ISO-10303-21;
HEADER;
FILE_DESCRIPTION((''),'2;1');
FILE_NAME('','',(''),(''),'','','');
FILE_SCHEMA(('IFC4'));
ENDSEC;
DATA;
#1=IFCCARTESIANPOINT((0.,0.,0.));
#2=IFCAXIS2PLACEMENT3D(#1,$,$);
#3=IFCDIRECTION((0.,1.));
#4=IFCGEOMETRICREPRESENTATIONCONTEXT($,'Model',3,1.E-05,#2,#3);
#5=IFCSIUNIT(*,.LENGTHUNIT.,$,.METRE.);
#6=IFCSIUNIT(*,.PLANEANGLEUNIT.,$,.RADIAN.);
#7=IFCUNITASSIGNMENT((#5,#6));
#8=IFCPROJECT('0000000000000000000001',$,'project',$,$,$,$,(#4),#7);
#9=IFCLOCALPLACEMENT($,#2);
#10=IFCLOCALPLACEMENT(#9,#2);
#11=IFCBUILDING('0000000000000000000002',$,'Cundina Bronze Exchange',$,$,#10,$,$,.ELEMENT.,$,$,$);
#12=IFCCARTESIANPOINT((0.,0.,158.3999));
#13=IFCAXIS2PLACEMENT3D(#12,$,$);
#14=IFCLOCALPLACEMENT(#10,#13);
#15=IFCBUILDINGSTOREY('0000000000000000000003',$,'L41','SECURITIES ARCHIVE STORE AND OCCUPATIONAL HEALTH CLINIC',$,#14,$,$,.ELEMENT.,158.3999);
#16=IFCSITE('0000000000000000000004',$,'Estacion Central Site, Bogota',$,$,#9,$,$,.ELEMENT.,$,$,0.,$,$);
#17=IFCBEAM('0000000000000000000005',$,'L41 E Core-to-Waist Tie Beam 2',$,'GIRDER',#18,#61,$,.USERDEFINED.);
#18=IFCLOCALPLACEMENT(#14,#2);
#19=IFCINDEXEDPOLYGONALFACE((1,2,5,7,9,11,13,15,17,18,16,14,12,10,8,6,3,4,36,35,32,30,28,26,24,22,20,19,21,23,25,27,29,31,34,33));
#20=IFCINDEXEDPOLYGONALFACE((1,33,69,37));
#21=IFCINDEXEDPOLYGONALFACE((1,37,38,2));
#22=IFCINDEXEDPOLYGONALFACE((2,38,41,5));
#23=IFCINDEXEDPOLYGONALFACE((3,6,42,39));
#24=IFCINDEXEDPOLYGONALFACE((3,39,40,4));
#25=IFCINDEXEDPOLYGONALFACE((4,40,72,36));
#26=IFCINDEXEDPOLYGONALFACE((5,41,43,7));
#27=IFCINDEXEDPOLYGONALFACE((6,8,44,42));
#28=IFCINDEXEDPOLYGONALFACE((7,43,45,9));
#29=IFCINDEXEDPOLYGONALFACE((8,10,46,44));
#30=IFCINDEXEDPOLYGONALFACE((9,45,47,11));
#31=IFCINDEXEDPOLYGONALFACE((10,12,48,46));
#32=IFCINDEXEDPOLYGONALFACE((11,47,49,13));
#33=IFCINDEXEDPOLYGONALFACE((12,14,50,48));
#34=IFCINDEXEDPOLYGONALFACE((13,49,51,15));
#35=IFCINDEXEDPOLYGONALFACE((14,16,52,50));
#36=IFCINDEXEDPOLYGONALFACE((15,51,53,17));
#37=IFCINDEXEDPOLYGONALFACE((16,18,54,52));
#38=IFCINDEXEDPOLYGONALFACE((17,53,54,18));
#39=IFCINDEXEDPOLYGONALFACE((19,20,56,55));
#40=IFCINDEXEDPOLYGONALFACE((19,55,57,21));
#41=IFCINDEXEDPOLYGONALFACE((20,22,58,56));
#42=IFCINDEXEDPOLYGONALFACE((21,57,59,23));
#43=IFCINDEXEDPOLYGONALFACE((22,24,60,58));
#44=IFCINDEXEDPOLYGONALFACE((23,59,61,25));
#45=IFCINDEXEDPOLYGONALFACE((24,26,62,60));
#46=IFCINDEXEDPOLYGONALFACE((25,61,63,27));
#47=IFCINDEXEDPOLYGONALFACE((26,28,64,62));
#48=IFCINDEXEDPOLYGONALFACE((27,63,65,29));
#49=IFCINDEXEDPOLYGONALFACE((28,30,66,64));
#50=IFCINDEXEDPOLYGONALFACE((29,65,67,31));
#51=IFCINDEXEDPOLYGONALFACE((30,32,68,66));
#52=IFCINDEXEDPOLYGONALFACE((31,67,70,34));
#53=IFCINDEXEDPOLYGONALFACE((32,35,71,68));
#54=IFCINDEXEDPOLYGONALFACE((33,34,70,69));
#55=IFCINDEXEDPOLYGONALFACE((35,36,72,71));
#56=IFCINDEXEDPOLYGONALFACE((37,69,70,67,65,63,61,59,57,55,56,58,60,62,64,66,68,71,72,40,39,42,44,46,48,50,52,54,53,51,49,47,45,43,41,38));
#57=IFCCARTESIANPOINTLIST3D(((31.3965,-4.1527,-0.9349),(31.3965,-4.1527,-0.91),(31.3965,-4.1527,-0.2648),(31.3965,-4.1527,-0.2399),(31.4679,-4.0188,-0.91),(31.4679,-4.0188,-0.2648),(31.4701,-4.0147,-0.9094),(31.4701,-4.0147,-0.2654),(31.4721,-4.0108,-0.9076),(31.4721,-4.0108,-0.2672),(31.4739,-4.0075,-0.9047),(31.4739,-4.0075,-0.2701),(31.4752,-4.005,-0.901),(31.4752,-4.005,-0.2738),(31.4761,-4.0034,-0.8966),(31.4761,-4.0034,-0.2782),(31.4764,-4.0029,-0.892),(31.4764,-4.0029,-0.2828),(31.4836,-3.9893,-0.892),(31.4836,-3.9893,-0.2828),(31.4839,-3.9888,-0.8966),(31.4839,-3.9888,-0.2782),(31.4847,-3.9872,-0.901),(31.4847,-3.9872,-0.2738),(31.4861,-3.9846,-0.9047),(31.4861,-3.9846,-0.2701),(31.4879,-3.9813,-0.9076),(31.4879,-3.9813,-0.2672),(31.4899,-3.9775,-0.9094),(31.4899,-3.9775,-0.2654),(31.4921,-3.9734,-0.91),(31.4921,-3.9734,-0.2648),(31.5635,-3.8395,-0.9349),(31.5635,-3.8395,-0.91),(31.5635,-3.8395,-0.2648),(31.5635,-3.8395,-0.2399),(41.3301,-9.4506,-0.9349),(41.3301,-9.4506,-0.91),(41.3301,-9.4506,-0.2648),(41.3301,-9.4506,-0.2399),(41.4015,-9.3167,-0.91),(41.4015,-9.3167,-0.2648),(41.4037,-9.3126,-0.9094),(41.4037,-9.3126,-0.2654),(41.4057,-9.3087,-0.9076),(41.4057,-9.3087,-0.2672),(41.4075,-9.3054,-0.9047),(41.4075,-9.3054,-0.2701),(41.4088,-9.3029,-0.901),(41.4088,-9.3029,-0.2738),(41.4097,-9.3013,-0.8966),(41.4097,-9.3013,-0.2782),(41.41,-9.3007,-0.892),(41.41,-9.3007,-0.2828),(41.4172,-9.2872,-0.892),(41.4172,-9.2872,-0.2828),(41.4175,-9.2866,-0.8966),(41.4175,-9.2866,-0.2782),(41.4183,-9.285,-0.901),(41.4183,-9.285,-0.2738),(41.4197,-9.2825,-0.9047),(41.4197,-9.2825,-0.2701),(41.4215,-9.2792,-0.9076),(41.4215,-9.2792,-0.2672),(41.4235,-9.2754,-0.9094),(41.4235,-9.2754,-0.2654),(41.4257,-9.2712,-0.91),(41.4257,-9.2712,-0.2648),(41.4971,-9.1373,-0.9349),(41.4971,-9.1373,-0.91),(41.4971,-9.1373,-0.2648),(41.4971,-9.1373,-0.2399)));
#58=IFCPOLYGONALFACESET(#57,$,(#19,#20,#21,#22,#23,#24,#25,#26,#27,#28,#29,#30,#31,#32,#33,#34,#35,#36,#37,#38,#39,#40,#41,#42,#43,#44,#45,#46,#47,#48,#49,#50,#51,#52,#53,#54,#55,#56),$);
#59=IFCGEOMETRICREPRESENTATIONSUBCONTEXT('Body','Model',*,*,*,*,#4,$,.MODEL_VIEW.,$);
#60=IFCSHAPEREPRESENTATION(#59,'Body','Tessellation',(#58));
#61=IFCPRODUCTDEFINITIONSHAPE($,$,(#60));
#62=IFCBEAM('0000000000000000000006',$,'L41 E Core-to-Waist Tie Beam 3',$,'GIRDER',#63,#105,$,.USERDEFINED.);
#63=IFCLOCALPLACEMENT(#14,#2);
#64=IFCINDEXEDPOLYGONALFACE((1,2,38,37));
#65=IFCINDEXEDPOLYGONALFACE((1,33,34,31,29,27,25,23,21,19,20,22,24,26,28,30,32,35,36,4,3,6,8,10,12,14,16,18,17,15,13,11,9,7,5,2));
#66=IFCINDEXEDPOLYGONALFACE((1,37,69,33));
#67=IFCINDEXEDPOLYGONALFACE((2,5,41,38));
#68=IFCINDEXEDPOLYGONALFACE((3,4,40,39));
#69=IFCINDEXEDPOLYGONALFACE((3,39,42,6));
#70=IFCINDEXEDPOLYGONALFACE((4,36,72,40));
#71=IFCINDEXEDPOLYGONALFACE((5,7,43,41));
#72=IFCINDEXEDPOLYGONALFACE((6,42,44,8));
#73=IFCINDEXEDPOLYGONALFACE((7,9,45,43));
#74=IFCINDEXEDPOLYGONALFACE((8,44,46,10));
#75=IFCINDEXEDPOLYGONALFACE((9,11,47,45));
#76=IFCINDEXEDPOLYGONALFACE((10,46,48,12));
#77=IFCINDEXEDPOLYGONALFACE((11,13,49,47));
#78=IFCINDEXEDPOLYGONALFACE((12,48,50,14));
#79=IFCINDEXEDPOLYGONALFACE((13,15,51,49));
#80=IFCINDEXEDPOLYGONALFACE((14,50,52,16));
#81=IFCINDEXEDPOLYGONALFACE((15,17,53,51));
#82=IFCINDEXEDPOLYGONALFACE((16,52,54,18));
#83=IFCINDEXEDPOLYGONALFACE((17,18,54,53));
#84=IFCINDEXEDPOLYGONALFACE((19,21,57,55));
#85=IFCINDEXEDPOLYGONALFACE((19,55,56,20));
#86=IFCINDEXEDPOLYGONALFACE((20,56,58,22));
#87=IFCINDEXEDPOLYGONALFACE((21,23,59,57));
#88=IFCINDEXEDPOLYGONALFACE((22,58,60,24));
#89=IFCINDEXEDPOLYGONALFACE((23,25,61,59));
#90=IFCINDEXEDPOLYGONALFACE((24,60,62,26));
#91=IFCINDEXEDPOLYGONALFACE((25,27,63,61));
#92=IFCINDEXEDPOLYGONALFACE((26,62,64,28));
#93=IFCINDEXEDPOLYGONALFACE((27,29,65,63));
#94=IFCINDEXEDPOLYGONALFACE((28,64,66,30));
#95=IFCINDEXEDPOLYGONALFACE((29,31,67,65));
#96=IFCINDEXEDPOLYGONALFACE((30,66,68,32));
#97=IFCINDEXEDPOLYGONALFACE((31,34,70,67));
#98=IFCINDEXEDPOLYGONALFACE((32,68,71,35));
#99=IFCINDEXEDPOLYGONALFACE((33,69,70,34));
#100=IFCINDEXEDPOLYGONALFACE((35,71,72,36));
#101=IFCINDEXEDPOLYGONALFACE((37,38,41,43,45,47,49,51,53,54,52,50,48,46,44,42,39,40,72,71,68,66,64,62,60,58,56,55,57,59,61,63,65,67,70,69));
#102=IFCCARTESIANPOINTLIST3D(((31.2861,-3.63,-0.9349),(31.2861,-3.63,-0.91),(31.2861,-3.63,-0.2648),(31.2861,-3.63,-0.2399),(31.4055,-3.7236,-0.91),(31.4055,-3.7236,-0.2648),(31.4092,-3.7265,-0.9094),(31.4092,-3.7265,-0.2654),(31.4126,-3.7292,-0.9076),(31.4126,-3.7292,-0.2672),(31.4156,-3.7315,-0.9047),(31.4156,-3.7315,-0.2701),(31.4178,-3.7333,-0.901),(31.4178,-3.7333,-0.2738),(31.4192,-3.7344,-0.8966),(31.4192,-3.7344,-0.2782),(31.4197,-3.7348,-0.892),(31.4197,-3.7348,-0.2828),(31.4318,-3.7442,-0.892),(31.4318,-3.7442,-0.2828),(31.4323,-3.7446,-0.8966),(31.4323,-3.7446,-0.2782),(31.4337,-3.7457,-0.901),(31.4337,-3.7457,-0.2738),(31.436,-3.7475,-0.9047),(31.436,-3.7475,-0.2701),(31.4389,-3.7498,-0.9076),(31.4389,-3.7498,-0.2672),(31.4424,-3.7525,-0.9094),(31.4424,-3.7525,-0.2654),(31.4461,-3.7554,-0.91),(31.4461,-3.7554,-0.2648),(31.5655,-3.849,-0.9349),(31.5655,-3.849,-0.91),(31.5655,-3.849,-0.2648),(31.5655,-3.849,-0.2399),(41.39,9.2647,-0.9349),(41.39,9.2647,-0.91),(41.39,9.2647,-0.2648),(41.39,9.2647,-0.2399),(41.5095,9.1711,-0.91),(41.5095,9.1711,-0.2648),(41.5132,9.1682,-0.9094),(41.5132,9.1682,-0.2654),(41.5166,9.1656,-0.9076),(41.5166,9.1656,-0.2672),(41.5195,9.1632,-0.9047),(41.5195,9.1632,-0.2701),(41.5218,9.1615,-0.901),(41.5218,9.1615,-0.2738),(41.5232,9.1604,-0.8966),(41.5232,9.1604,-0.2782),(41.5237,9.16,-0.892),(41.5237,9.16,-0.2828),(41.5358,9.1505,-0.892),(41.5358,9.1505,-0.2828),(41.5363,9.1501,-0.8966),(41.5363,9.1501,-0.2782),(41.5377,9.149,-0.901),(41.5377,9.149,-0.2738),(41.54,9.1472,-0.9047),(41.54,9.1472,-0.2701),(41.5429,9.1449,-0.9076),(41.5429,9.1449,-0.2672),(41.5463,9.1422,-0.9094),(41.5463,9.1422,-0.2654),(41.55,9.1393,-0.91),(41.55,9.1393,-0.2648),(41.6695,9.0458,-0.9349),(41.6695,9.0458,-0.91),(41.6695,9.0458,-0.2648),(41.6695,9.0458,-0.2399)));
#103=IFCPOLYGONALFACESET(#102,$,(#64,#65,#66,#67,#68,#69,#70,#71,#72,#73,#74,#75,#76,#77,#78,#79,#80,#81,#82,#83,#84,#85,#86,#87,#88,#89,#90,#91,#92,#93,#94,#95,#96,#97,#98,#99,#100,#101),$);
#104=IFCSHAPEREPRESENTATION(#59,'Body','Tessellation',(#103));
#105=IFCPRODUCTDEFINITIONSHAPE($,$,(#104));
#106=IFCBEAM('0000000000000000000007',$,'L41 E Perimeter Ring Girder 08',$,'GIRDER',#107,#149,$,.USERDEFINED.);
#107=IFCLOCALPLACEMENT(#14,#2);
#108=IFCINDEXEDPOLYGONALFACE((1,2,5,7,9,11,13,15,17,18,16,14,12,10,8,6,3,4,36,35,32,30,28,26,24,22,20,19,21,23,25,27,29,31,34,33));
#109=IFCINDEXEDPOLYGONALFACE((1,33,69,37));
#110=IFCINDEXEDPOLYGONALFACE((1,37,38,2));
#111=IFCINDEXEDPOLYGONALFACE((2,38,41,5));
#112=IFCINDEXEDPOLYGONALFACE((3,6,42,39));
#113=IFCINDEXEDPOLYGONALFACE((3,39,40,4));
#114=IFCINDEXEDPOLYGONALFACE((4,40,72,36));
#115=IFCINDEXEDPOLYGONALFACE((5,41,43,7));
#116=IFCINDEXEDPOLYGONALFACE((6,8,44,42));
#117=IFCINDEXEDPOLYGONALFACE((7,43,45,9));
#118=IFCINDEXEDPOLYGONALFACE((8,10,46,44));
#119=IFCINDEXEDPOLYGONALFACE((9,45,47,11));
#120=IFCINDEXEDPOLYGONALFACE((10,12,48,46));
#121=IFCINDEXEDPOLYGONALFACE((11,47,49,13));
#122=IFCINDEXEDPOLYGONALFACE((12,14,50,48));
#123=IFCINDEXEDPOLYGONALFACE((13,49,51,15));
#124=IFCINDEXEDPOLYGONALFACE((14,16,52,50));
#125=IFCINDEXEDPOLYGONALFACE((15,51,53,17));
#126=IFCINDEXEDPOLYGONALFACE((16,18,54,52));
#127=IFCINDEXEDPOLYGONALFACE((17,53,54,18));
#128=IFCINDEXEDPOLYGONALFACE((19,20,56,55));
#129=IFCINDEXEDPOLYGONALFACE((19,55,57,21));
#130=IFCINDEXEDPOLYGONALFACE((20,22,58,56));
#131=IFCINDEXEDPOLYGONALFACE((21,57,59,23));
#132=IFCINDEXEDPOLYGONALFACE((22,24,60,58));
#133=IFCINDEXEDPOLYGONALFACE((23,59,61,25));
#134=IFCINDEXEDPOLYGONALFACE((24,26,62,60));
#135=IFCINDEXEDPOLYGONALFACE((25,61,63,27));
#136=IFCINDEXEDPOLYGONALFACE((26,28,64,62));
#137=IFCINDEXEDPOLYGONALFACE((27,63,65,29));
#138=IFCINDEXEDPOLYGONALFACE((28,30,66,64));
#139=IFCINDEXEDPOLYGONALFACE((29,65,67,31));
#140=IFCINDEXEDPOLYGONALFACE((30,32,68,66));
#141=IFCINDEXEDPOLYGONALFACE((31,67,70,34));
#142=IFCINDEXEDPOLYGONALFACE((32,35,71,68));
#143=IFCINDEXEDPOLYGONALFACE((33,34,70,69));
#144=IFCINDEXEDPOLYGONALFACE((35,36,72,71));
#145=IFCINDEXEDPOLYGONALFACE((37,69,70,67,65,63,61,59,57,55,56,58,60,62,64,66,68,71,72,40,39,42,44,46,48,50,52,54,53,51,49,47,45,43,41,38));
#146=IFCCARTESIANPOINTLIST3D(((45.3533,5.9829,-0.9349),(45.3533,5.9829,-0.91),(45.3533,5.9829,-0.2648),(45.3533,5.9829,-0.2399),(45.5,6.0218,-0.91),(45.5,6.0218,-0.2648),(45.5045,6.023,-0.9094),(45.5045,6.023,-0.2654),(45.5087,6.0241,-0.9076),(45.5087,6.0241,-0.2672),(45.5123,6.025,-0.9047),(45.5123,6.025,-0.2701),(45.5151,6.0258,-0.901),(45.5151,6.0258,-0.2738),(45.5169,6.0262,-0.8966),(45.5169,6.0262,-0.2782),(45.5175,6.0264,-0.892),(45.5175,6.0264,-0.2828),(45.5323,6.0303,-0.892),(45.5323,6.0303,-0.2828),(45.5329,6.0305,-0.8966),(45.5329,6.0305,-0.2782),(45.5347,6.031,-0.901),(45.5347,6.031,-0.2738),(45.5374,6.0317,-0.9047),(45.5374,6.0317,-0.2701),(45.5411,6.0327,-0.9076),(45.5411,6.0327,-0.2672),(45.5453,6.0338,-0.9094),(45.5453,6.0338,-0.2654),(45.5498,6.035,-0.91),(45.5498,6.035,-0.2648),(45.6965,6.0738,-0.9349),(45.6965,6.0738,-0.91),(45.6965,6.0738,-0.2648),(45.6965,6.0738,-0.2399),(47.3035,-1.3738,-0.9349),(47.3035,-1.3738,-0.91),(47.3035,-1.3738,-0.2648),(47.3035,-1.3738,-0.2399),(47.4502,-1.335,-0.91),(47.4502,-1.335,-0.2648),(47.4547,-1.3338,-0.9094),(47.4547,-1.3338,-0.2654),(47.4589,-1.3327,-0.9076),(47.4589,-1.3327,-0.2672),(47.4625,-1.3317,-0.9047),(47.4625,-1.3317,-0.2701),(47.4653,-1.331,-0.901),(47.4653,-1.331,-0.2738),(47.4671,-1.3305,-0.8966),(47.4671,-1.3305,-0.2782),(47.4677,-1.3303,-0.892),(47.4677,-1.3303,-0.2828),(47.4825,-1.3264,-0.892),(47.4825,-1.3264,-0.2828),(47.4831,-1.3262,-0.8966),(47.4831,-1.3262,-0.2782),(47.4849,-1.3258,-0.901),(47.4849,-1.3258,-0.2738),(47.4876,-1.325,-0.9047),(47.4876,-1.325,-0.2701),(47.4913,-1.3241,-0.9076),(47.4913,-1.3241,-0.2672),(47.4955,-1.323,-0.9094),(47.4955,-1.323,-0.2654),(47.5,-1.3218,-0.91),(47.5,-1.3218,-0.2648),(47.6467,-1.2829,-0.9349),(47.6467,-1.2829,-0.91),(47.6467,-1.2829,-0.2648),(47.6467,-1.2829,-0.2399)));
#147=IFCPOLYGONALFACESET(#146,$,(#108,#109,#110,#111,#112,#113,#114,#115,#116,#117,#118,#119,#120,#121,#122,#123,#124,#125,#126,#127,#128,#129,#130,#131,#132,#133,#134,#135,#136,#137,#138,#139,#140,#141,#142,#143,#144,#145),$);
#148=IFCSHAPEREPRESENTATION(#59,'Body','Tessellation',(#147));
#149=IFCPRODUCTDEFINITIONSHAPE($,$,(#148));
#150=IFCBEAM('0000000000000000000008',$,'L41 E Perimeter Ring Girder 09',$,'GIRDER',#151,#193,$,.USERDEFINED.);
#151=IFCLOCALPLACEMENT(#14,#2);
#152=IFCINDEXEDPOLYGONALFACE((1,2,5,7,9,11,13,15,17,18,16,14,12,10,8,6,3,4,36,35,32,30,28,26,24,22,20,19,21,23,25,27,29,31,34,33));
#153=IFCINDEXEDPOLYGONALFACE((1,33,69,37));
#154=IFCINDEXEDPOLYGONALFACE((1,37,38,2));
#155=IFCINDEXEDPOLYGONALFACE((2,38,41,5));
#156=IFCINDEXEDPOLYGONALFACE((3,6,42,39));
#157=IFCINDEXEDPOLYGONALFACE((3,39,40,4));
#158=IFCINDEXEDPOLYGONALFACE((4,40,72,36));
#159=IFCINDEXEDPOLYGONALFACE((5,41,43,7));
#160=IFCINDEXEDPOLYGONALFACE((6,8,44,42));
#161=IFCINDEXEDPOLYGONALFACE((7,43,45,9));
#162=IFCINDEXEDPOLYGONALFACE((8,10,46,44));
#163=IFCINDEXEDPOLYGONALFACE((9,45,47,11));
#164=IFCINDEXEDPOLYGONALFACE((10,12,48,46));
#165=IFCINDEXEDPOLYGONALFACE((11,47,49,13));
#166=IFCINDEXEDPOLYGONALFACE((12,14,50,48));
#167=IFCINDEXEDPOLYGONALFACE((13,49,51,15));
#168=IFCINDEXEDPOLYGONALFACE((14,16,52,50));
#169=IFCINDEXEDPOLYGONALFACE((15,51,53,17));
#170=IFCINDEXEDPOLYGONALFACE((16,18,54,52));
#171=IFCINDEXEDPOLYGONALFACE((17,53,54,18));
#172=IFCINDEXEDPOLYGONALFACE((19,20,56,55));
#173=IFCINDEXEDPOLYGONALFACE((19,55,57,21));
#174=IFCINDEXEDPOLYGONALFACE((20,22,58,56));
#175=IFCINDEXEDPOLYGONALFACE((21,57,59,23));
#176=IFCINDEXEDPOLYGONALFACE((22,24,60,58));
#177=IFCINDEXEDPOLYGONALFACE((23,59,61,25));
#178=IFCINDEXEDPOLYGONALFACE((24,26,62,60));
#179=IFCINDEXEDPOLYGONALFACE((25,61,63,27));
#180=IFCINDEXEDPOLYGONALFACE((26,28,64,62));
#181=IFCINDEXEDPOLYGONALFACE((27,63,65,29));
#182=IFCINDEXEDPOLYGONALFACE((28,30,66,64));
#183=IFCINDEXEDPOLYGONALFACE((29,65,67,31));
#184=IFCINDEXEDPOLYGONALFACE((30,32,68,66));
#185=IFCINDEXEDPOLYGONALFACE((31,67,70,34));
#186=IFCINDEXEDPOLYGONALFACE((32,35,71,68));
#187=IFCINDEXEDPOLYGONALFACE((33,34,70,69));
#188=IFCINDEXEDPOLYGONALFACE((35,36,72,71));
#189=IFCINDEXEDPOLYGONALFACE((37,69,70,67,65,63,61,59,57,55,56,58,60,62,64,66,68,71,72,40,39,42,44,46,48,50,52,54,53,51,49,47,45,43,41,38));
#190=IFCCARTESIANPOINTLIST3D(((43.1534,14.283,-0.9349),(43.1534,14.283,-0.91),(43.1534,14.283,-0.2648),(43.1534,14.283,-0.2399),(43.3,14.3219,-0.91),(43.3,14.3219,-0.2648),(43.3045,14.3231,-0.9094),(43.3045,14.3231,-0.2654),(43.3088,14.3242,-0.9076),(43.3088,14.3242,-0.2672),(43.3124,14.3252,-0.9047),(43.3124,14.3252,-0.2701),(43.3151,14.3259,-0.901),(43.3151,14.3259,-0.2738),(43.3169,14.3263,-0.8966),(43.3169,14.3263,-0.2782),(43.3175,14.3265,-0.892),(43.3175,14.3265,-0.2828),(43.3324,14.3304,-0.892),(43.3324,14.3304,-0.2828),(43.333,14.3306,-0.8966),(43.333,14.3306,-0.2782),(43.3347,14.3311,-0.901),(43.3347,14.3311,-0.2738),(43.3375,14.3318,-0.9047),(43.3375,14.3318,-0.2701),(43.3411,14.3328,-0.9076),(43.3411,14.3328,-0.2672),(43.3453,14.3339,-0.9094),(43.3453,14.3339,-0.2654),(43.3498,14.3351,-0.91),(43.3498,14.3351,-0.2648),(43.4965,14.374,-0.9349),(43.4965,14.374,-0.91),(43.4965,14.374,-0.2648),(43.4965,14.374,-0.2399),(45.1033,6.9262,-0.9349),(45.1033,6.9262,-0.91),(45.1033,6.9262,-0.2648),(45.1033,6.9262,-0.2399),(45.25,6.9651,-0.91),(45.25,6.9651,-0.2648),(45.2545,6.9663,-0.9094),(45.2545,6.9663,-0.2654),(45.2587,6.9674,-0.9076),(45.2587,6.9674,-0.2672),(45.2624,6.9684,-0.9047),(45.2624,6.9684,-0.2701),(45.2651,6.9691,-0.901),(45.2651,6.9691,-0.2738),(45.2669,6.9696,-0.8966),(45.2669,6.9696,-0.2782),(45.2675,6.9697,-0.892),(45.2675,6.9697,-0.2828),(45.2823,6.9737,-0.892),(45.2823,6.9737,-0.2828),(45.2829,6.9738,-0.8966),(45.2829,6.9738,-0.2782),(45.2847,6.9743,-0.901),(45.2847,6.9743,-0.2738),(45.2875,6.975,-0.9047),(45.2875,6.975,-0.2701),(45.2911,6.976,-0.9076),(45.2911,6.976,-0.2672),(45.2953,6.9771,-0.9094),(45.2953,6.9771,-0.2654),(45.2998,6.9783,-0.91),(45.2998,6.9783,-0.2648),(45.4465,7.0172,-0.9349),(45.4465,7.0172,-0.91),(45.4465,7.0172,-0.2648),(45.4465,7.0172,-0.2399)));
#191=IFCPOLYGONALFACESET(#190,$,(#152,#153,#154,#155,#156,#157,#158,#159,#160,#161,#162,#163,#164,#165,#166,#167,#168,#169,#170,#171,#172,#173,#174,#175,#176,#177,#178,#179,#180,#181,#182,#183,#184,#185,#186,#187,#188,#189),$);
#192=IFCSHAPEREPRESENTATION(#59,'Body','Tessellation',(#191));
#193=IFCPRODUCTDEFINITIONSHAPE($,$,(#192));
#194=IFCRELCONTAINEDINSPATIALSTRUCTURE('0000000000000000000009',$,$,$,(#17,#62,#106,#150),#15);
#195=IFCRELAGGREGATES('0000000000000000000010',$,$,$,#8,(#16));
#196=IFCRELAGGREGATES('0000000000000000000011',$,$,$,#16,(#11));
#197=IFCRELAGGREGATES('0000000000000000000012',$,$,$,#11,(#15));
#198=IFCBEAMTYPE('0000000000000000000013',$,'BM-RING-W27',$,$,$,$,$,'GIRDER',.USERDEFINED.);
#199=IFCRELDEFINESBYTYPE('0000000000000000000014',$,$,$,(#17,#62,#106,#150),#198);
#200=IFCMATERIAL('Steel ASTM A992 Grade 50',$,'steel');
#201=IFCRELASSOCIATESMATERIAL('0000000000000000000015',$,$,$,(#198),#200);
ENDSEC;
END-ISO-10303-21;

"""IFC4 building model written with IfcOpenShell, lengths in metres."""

from ifc_helpers import new_model, si_unit, direction, frame, origin, origin_2d, place, context, subcontext, project, spatial, i_section, extrude, material, material_profile, profile_set, type_object, element, save


model = new_model("IFC4")

# Units and contexts
model_context = context("Model", 3, precision=1e-05, world=origin(), true_north=direction((0.0, 1.0)))
body_context = subcontext(model_context, "Body", "Model", "MODEL_VIEW")
ifc_project = project(units=[si_unit("LENGTHUNIT", "METRE"), si_unit("PLANEANGLEUNIT", "RADIAN")], contexts=[model_context])

# Site, building, storey
site_placement = place(None, origin())
site = spatial("IfcSite", under=ifc_project, at=site_placement, Name="Estacion Central Site, Bogota", CompositionType="ELEMENT", RefElevation=0.0)
building_placement = place(site_placement, origin())
building = spatial("IfcBuilding", under=site, at=building_placement, Name="Cundina Bronze Exchange", CompositionType="ELEMENT")
storey_placement = place(building_placement, frame((0.0, 0.0, 158.3999)))
storey = spatial("IfcBuildingStorey", under=building, at=storey_placement, Name="L41", Description="SECURITIES ARCHIVE STORE AND OCCUPATIONAL HEALTH CLINIC", CompositionType="ELEMENT", Elevation=158.3999)

# Shared definitions
ifc_material_1 = material(Name="Steel ASTM A992 Grade 50", Category="steel")

# Beams
ifc_material_profile_1 = material_profile(ifc_material_1, i_section(OverallWidth=0.355, OverallDepth=0.6951, WebThickness=0.0154, FlangeThickness=0.0249, FilletRadius=0.0181, at=origin_2d()), Name="W27X146", Category="steel")
ifc_profile_set_1 = profile_set([ifc_material_profile_1], Name="Steel ASTM A992 Grade 50")
beam_type_1 = type_object("IfcBeamType", Name="BM-RING-W27", ElementType="GIRDER", PredefinedType="USERDEFINED", material=ifc_profile_set_1)
beam_1_placement = place(storey_placement, frame((31.48, -3.9961, -0.5874), z_axis=(0.882355, -0.470584, 0.0), x_axis=(0.470584, 0.882355, 0.0)))
element("IfcBeam", 1, at=beam_1_placement, inside=storey, type_object=beam_type_1, Name="L41 E Core-to-Waist Tie Beam 2", ObjectType="GIRDER", PredefinedType="USERDEFINED", context=body_context, shape_type="SweptSolid", body=[
    extrude(i_section(OverallWidth=0.355, OverallDepth=0.6951, WebThickness=0.0154, FlangeThickness=0.0249, FilletRadius=0.0181, at=origin_2d()), origin(), (0.0, 0.0, 1.0), 11.2581),
])
beam_2_placement = place(storey_placement, frame((31.4258, -3.7395, -0.5874), z_axis=(0.616779, 0.787136, 0.0), x_axis=(-0.787136, 0.616779, 0.0)))
element("IfcBeam", 2, at=beam_2_placement, inside=storey, type_object=beam_type_1, Name="L41 E Core-to-Waist Tie Beam 3", ObjectType="GIRDER", PredefinedType="USERDEFINED", context=body_context, shape_type="SweptSolid", body=[
    extrude(i_section(OverallWidth=0.355, OverallDepth=0.6951, WebThickness=0.0154, FlangeThickness=0.0249, FilletRadius=0.0181, at=origin_2d()), origin(), (0.0, 0.0, 1.0), 16.3818),
])
for number, where, z_axis, x_axis, name in (
    (3, (47.4751, -1.3284, -0.5874), (-0.256241, 0.966613, 0.0), (-0.966613, -0.256241, 0.0), "L41 E Perimeter Ring Girder 08"),
    (4, (45.2749, 6.9717, -0.5874), (-0.256211, 0.966621, 0.0), (-0.966621, -0.256211, 0.0), "L41 E Perimeter Ring Girder 09"),
):
    element("IfcBeam", number, at=place(storey_placement, frame(where, z_axis=z_axis, x_axis=x_axis)), inside=storey, type_object=beam_type_1, Name=name, ObjectType="GIRDER", PredefinedType="USERDEFINED", context=body_context, shape_type="SweptSolid", body=[
        extrude(i_section(OverallWidth=0.355, OverallDepth=0.6951, WebThickness=0.0154, FlangeThickness=0.0249, FilletRadius=0.0181, at=origin_2d()), origin(), (0.0, 0.0, 1.0), 7.6108),
    ])

save(model, "model.ifc")
